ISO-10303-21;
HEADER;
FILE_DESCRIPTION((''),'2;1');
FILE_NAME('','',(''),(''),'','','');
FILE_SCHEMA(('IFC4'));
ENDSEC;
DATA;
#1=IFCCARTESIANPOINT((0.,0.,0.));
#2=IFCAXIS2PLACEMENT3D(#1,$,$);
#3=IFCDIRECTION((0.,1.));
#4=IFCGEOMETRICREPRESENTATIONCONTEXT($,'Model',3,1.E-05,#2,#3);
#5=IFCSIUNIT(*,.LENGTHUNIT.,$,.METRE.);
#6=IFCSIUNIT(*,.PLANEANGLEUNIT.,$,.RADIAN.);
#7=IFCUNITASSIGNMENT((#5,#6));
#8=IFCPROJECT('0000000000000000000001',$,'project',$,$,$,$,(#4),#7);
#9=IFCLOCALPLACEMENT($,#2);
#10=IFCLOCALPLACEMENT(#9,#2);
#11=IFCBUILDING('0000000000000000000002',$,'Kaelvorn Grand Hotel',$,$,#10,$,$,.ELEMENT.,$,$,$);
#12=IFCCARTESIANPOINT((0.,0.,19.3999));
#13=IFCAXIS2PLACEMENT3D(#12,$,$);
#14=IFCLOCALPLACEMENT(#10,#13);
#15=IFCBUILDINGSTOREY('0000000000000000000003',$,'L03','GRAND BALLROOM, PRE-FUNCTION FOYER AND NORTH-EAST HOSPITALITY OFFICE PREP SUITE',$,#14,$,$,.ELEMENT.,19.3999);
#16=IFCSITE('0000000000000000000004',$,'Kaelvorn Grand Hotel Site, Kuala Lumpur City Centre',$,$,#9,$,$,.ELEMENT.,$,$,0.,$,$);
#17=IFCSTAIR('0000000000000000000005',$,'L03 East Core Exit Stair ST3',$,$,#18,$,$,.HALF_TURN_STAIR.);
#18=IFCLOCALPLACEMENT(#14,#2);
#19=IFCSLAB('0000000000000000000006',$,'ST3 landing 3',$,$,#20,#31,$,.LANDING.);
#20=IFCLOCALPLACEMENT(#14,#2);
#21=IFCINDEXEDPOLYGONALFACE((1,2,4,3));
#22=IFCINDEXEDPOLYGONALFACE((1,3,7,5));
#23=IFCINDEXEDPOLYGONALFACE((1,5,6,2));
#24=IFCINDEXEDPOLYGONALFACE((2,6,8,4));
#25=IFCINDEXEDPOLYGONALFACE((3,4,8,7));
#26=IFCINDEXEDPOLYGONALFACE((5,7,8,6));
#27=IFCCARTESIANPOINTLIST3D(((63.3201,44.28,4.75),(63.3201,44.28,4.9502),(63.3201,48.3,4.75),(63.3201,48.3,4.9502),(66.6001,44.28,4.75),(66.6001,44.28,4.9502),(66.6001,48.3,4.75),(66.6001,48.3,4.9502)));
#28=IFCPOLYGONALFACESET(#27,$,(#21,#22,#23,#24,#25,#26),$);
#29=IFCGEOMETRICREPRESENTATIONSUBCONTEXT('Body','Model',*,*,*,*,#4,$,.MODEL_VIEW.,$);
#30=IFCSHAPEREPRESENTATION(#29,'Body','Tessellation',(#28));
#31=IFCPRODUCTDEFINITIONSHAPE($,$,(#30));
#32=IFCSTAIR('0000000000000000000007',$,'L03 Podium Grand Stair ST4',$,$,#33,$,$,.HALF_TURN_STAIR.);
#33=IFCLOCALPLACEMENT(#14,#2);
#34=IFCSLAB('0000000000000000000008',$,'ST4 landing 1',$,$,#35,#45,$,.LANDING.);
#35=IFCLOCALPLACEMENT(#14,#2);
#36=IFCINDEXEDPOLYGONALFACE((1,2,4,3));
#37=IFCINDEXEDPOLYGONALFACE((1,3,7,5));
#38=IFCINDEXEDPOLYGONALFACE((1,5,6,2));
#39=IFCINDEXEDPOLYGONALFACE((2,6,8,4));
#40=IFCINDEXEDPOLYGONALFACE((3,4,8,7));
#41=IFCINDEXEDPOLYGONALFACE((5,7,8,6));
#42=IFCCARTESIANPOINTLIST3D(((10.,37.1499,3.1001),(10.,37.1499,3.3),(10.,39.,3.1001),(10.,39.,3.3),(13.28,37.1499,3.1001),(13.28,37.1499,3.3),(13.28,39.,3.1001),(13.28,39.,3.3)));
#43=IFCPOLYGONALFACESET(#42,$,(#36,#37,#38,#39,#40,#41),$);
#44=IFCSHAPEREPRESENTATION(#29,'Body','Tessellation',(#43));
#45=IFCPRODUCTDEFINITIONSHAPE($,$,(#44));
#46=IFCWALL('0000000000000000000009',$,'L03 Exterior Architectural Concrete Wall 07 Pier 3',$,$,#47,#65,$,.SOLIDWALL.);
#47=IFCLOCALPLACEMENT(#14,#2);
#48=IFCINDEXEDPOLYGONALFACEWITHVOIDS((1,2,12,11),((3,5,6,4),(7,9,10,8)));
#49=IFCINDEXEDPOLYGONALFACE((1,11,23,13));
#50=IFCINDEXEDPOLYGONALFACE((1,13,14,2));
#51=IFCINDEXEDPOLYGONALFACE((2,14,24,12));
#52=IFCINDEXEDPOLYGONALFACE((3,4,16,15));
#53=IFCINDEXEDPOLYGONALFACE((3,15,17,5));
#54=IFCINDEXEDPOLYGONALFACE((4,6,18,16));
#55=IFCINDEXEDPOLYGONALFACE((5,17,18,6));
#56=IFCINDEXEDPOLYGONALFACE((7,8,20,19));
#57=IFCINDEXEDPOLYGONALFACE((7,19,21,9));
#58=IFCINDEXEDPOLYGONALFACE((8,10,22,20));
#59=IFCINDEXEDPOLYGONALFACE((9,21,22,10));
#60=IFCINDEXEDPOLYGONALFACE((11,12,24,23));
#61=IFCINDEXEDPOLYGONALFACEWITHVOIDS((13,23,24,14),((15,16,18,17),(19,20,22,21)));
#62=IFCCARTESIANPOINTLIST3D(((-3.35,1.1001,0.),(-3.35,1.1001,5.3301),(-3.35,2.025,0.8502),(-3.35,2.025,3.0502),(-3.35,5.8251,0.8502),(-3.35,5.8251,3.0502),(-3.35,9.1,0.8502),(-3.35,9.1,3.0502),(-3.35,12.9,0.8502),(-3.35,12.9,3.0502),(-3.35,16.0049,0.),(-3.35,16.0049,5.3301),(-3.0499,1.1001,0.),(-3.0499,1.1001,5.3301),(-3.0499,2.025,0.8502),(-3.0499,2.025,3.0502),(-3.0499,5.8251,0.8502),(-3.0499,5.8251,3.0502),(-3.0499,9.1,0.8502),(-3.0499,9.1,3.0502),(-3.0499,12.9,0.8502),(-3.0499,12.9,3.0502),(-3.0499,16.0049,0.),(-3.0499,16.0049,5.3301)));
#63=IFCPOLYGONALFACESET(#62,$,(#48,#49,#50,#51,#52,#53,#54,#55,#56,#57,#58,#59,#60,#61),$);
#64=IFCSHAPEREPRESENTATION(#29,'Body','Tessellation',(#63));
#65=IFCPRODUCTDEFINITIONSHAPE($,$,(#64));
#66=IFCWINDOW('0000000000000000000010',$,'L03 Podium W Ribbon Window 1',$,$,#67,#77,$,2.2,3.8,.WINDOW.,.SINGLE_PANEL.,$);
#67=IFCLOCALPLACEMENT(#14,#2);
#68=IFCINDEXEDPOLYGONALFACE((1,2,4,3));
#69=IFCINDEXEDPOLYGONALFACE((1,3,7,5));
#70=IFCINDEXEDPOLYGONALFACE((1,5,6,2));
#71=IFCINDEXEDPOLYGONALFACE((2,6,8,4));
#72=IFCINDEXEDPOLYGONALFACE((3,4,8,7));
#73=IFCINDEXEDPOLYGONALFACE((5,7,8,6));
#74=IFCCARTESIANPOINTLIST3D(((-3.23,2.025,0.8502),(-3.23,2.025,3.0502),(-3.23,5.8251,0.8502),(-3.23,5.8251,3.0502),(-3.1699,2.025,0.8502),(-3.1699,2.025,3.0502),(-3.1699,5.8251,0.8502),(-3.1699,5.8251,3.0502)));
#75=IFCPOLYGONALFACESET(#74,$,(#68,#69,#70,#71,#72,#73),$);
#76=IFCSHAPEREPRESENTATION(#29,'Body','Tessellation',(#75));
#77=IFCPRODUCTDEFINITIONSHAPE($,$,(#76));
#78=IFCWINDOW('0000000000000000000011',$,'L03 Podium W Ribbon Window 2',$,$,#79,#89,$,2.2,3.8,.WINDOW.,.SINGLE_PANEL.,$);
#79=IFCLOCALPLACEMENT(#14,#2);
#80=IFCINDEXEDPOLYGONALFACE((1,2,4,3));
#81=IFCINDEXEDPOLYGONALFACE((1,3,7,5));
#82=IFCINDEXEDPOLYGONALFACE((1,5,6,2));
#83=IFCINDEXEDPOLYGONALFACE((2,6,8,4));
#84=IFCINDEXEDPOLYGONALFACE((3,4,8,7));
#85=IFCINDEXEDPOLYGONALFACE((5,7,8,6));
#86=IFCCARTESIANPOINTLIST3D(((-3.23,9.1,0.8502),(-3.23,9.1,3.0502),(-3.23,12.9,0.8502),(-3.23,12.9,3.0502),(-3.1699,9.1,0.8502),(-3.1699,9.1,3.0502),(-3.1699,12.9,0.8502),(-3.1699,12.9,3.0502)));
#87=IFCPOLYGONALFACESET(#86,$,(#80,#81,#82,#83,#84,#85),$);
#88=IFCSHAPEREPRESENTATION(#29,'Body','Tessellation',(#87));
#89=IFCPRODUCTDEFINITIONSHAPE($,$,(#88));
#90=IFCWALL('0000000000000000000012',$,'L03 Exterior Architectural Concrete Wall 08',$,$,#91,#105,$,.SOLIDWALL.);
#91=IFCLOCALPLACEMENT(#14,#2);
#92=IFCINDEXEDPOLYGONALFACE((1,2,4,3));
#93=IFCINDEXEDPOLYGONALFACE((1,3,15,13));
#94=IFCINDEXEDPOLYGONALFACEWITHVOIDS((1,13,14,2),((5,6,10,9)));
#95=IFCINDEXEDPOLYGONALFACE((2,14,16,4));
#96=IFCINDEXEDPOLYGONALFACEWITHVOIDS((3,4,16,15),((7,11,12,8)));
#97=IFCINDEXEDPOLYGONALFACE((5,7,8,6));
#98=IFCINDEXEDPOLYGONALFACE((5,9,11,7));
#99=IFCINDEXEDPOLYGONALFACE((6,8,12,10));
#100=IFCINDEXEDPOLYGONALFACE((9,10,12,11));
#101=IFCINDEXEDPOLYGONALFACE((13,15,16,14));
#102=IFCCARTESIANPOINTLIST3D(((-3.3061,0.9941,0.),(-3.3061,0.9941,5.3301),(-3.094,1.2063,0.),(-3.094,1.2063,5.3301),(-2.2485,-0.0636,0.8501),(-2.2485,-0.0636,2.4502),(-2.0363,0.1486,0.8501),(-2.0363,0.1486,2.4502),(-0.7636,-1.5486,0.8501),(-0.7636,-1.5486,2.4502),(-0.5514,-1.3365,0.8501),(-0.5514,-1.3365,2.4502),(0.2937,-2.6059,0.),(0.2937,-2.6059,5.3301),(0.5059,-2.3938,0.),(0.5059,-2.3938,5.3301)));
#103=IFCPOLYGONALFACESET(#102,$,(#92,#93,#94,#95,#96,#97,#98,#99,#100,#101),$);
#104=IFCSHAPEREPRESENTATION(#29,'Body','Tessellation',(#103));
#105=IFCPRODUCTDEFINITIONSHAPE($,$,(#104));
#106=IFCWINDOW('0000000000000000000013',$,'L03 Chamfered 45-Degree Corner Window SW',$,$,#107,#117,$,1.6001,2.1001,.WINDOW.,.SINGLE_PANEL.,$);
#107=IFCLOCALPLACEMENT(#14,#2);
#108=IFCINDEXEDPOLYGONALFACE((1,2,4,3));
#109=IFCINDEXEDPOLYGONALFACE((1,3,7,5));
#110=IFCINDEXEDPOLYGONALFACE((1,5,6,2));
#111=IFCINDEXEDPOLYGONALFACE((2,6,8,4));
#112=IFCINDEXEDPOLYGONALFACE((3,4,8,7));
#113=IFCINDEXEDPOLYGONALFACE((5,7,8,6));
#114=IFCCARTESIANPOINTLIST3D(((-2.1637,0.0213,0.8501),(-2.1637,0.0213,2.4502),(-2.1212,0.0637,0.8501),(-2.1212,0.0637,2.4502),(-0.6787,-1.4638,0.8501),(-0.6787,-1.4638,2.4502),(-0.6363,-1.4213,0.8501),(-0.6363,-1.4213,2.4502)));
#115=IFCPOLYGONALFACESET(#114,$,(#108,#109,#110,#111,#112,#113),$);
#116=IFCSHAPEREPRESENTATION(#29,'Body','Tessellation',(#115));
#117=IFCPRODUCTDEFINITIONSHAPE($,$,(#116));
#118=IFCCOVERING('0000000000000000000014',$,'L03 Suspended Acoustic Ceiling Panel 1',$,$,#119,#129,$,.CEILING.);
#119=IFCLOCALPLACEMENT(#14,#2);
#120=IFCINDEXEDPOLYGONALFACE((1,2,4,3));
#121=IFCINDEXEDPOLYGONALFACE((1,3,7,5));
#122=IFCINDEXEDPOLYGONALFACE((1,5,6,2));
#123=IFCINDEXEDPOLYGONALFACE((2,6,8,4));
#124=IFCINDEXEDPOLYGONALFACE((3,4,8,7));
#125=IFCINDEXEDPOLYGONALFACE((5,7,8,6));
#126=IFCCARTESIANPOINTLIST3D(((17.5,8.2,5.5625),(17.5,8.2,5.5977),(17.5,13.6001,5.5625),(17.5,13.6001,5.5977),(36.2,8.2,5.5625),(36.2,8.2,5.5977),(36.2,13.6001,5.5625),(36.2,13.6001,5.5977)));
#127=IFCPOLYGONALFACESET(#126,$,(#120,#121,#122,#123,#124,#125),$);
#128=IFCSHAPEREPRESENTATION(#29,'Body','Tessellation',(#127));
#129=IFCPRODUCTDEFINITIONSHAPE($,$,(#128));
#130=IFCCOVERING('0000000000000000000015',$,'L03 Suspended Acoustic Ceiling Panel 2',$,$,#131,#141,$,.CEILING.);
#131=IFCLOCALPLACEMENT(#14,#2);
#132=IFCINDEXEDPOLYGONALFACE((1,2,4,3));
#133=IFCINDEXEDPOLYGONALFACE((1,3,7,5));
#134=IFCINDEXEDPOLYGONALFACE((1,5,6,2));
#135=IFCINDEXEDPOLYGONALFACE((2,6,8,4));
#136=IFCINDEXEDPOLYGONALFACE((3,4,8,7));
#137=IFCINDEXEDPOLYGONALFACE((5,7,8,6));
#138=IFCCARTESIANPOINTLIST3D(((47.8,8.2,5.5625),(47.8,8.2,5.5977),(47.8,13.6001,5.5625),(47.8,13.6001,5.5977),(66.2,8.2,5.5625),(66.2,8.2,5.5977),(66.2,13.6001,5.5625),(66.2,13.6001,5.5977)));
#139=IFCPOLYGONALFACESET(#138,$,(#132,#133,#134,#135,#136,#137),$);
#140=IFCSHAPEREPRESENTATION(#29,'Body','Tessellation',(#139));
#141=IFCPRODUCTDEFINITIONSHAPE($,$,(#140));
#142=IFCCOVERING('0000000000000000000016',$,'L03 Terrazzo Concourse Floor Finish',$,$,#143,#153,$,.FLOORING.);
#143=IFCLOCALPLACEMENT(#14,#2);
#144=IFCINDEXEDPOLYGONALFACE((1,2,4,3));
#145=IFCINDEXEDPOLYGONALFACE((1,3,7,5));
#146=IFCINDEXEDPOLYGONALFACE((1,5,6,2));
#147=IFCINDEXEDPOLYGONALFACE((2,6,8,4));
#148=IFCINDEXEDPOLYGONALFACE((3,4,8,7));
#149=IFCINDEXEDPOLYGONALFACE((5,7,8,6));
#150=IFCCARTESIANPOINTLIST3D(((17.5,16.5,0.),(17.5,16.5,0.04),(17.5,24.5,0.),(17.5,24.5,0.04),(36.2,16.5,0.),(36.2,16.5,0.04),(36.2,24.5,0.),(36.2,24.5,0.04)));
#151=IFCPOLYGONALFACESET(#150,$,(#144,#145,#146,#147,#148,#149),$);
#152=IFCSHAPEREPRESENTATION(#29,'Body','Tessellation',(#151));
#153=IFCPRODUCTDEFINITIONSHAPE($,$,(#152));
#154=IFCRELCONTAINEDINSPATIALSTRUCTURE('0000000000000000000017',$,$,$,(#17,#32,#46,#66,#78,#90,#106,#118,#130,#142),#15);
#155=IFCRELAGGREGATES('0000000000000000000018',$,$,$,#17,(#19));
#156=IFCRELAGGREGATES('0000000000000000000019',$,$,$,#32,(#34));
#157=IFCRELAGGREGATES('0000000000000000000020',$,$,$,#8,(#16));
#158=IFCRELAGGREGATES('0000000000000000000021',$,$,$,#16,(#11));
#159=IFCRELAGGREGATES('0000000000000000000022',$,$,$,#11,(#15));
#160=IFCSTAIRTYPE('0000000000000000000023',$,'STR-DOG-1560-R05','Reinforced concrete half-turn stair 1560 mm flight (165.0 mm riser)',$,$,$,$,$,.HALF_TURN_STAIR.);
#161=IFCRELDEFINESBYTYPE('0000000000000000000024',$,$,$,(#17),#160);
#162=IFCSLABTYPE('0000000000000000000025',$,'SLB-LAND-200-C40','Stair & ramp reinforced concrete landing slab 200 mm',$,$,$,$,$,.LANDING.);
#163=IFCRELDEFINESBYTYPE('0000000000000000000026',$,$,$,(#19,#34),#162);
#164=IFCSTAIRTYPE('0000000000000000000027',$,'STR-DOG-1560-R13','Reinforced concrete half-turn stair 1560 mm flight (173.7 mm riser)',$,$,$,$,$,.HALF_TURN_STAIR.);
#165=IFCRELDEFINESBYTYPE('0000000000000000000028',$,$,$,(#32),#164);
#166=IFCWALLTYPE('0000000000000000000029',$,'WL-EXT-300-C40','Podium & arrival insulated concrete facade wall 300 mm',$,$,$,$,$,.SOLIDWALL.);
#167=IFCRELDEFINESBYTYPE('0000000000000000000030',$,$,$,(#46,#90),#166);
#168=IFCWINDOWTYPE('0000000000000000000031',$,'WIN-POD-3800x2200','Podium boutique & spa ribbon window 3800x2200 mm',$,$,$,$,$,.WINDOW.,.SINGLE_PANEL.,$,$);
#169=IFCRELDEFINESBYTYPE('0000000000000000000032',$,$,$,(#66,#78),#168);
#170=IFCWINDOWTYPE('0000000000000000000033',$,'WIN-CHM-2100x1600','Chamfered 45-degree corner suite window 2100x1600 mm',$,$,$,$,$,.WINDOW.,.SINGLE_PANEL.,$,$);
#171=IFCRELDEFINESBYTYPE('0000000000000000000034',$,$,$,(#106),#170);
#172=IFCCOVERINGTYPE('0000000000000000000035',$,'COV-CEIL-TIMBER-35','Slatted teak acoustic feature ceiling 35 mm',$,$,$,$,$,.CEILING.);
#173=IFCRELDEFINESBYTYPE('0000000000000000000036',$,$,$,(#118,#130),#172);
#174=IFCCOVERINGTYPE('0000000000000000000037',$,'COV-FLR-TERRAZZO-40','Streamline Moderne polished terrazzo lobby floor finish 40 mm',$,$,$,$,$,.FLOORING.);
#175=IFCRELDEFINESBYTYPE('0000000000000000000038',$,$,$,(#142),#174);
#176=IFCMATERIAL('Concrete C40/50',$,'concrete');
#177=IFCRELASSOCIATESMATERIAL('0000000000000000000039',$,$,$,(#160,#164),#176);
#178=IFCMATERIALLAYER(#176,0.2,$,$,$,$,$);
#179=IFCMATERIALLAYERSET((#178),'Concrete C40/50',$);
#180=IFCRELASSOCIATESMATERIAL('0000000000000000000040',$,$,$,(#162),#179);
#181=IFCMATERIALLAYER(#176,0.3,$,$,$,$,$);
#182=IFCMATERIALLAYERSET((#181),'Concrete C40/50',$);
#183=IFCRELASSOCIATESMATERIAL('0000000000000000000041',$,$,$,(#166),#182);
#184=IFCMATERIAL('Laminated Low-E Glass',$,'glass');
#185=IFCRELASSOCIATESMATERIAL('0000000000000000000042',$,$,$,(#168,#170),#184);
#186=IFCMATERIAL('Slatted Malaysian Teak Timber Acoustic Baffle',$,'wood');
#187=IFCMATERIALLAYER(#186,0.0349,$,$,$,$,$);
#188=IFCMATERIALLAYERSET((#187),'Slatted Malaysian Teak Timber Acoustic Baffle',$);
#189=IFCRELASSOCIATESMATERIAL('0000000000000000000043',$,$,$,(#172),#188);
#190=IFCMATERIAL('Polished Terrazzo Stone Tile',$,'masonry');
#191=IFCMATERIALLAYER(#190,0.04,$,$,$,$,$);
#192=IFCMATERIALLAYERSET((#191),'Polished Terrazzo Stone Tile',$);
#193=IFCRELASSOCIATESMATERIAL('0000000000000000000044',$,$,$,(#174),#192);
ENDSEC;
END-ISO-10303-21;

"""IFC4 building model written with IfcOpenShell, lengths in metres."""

from ifc_helpers import new_model, si_unit, direction, frame, frame_2d, origin, place, context, subcontext, project, spatial, polyline, rectangle, outline, extrude, material, layer, layer_set, type_object, element, fill, aggregate, save


model = new_model("IFC4")

# Units and contexts
model_context = context("Model", 3, precision=1e-05, world=origin(), true_north=direction((0.0, 1.0)))
body_context = subcontext(model_context, "Body", "Model", "MODEL_VIEW")
ifc_project = project(units=[si_unit("LENGTHUNIT", "METRE"), si_unit("PLANEANGLEUNIT", "RADIAN")], contexts=[model_context])

# Site, building, storey
site_placement = place(None, origin())
site = spatial("IfcSite", under=ifc_project, at=site_placement, Name="Kaelvorn Grand Hotel Site, Kuala Lumpur City Centre", CompositionType="ELEMENT", RefElevation=0.0)
building_placement = place(site_placement, origin())
building = spatial("IfcBuilding", under=site, at=building_placement, Name="Kaelvorn Grand Hotel", CompositionType="ELEMENT")
storey_placement = place(building_placement, frame((0.0, 0.0, 19.3999)))
storey = spatial("IfcBuildingStorey", under=building, at=storey_placement, Name="L03", Description="GRAND BALLROOM, PRE-FUNCTION FOYER AND NORTH-EAST HOSPITALITY OFFICE PREP SUITE", CompositionType="ELEMENT", Elevation=19.3999)

# Stairs, slabs
ifc_material_1 = material(Name="Concrete C40/50", Category="concrete")
stair_type_1 = type_object("IfcStairType", Name="STR-DOG-1560-R05", Description="Reinforced concrete half-turn stair 1560 mm flight (165.0 mm riser)", PredefinedType="HALF_TURN_STAIR", material=ifc_material_1)
stair_1_placement = place(storey_placement, origin())
stair_1 = element("IfcStair", 1, at=stair_1_placement, inside=storey, type_object=stair_type_1, Name="L03 East Core Exit Stair ST3", PredefinedType="HALF_TURN_STAIR")
ifc_layer_1 = layer(ifc_material_1, 0.2)
ifc_layer_set_1 = layer_set([ifc_layer_1], Name="Concrete C40/50")
slab_type = type_object("IfcSlabType", Name="SLB-LAND-200-C40", Description="Stair & ramp reinforced concrete landing slab 200 mm", PredefinedType="LANDING", material=ifc_layer_set_1)
slab_1_placement = place(storey_placement, frame((0.0, 0.0, 4.75)))
slab_1 = element("IfcSlab", 2, at=slab_1_placement, type_object=slab_type, Name="ST3 landing 3", PredefinedType="LANDING", context=body_context, shape_type="SweptSolid", body=[
    extrude(outline(polyline([(66.6001, 44.28), (66.6001, 48.3), (63.3201, 48.3), (63.3201, 44.28), (66.6001, 44.28)])), origin(), (0.0, 0.0, 1.0), 0.2002),
])
aggregate(stair_1, [slab_1])
stair_type_2 = type_object("IfcStairType", Name="STR-DOG-1560-R13", Description="Reinforced concrete half-turn stair 1560 mm flight (173.7 mm riser)", PredefinedType="HALF_TURN_STAIR", material=ifc_material_1)
stair_2_placement = place(storey_placement, origin())
stair_2 = element("IfcStair", 3, at=stair_2_placement, inside=storey, type_object=stair_type_2, Name="L03 Podium Grand Stair ST4", PredefinedType="HALF_TURN_STAIR")
slab_2_placement = place(storey_placement, frame((0.0, 0.0, 3.1001)))
slab_2 = element("IfcSlab", 4, at=slab_2_placement, type_object=slab_type, Name="ST4 landing 1", PredefinedType="LANDING", context=body_context, shape_type="SweptSolid", body=[
    extrude(outline(polyline([(13.28, 37.1499), (13.28, 39.0), (10.0, 39.0), (10.0, 37.1499), (13.28, 37.1499)])), origin(), (0.0, 0.0, 1.0), 0.2),
])
aggregate(stair_2, [slab_2])

# Wall, openings, windows
ifc_layer_2 = layer(ifc_material_1, 0.3)
ifc_layer_set_2 = layer_set([ifc_layer_2], Name="Concrete C40/50")
wall_type = type_object("IfcWallType", Name="WL-EXT-300-C40", Description="Podium & arrival insulated concrete facade wall 300 mm", PredefinedType="SOLIDWALL", material=ifc_layer_set_2)
wall_1_placement = place(storey_placement, frame((-3.2, 16.0049, 0.0), z_axis=(0.0, 0.0, 1.0), x_axis=(0.0, -1.0, 0.0)))
wall_1 = element("IfcWall", 5, at=wall_1_placement, inside=storey, type_object=wall_type, Name="L03 Exterior Architectural Concrete Wall 07 Pier 3", PredefinedType="SOLIDWALL", context=body_context, shape_type="SweptSolid", body=[
    extrude(rectangle(XDim=14.9048, YDim=0.3, at=frame_2d((7.4524, 0.0))), origin(), (0.0, 0.0, 1.0), 5.3301),
])
opening_1_placement = place(wall_1_placement, frame((10.1799, 0.0, 0.8501)))
opening_1 = element("IfcOpeningElement", 6, at=opening_1_placement, cuts=wall_1, PredefinedType="OPENING", context=body_context, shape_type="SweptSolid", body=[
    extrude(rectangle(XDim=3.8, YDim=2.2, at=frame_2d((1.8999, 1.1001))), frame((0.0, 0.1602, 0.0), z_axis=(0.0, -1.0, 0.0), x_axis=(1.0, 0.0, 0.0)), (0.0, 0.0, 1.0), 0.3201),
])
opening_2_placement = place(wall_1_placement, frame((3.105, 0.0, 0.8501)))
opening_2 = element("IfcOpeningElement", 7, at=opening_2_placement, cuts=wall_1, PredefinedType="OPENING", context=body_context, shape_type="SweptSolid", body=[
    extrude(rectangle(XDim=3.8, YDim=2.2, at=frame_2d((1.8999, 1.1001))), frame((0.0, 0.1602, 0.0), z_axis=(0.0, -1.0, 0.0), x_axis=(1.0, 0.0, 0.0)), (0.0, 0.0, 1.0), 0.3201),
])
ifc_material_2 = material(Name="Laminated Low-E Glass", Category="glass")
window_type_1 = type_object("IfcWindowType", Name="WIN-POD-3800x2200", Description="Podium boutique & spa ribbon window 3800x2200 mm", PartitioningType="SINGLE_PANEL", PredefinedType="WINDOW", material=ifc_material_2)
window_1_placement = place(opening_1_placement, origin())
window_1 = element("IfcWindow", 8, at=window_1_placement, inside=storey, type_object=window_type_1, Name="L03 Podium W Ribbon Window 1", OverallHeight=2.2, OverallWidth=3.8, PartitioningType="SINGLE_PANEL", PredefinedType="WINDOW", context=body_context, shape_type="SweptSolid", body=[
    extrude(rectangle(XDim=3.8, YDim=2.2, at=frame_2d((1.8999, 1.1001))), frame((0.0, 0.03, 0.0), z_axis=(0.0, -1.0, 0.0), x_axis=(1.0, 0.0, 0.0)), (0.0, 0.0, 1.0), 0.0601),
])
fill(opening_1, window_1)
window_2_placement = place(opening_2_placement, origin())
window_2 = element("IfcWindow", 9, at=window_2_placement, inside=storey, type_object=window_type_1, Name="L03 Podium W Ribbon Window 2", OverallHeight=2.2, OverallWidth=3.8, PartitioningType="SINGLE_PANEL", PredefinedType="WINDOW", context=body_context, shape_type="SweptSolid", body=[
    extrude(rectangle(XDim=3.8, YDim=2.2, at=frame_2d((1.8999, 1.1001))), frame((0.0, 0.03, 0.0), z_axis=(0.0, -1.0, 0.0), x_axis=(1.0, 0.0, 0.0)), (0.0, 0.0, 1.0), 0.0601),
])
fill(opening_2, window_2)

# Wall, opening, window
wall_2_placement = place(storey_placement, frame((-3.2, 1.1001, 0.0), z_axis=(0.0, 0.0, 1.0), x_axis=(0.707083, -0.707131, 0.0)))
wall_2 = element("IfcWall", 10, at=wall_2_placement, inside=storey, type_object=wall_type, Name="L03 Exterior Architectural Concrete Wall 08", PredefinedType="SOLIDWALL", context=body_context, shape_type="SweptSolid", body=[
    extrude(rectangle(XDim=5.0911, YDim=0.3, at=frame_2d((2.5454, 0.0))), origin(), (0.0, 0.0, 1.0), 5.3301),
])
opening_3_placement = place(wall_2_placement, frame((1.4956, 0.0, 0.8501)))
opening_3 = element("IfcOpeningElement", 11, at=opening_3_placement, cuts=wall_2, PredefinedType="OPENING", context=body_context, shape_type="SweptSolid", body=[
    extrude(rectangle(XDim=2.1001, YDim=1.6001, at=frame_2d((1.05, 0.8))), frame((0.0, 0.1602, 0.0), z_axis=(0.0, -1.0, 0.0), x_axis=(1.0, 0.0, 0.0)), (0.0, 0.0, 1.0), 0.3201),
])
window_type_2 = type_object("IfcWindowType", Name="WIN-CHM-2100x1600", Description="Chamfered 45-degree corner suite window 2100x1600 mm", PartitioningType="SINGLE_PANEL", PredefinedType="WINDOW", material=ifc_material_2)
window_3_placement = place(opening_3_placement, origin())
window_3 = element("IfcWindow", 12, at=window_3_placement, inside=storey, type_object=window_type_2, Name="L03 Chamfered 45-Degree Corner Window SW", OverallHeight=1.6001, OverallWidth=2.1001, PartitioningType="SINGLE_PANEL", PredefinedType="WINDOW", context=body_context, shape_type="SweptSolid", body=[
    extrude(rectangle(XDim=2.1001, YDim=1.6001, at=frame_2d((1.05, 0.8))), frame((0.0, 0.03, 0.0), z_axis=(0.0, -1.0, 0.0), x_axis=(1.0, 0.0, 0.0)), (0.0, 0.0, 1.0), 0.0601),
])
fill(opening_3, window_3)

# Coverings
ifc_material_3 = material(Name="Slatted Malaysian Teak Timber Acoustic Baffle", Category="wood")
ifc_layer_3 = layer(ifc_material_3, 0.0349)
ifc_layer_set_3 = layer_set([ifc_layer_3], Name="Slatted Malaysian Teak Timber Acoustic Baffle")
covering_type_1 = type_object("IfcCoveringType", Name="COV-CEIL-TIMBER-35", Description="Slatted teak acoustic feature ceiling 35 mm", PredefinedType="CEILING", material=ifc_layer_set_3)
covering_1_placement = place(storey_placement, frame((0.0, 0.0, 5.5625)))
element("IfcCovering", 13, at=covering_1_placement, inside=storey, type_object=covering_type_1, Name="L03 Suspended Acoustic Ceiling Panel 1", PredefinedType="CEILING", context=body_context, shape_type="SweptSolid", body=[
    extrude(outline(polyline([(17.5, 8.2), (36.2, 8.2), (36.2, 13.6001), (17.5, 13.6001), (17.5, 8.2)])), origin(), (0.0, 0.0, 1.0), 0.0352),
])
covering_2_placement = place(storey_placement, frame((0.0, 0.0, 5.5625)))
element("IfcCovering", 14, at=covering_2_placement, inside=storey, type_object=covering_type_1, Name="L03 Suspended Acoustic Ceiling Panel 2", PredefinedType="CEILING", context=body_context, shape_type="SweptSolid", body=[
    extrude(outline(polyline([(47.8, 8.2), (66.2, 8.2), (66.2, 13.6001), (47.8, 13.6001), (47.8, 8.2)])), origin(), (0.0, 0.0, 1.0), 0.0352),
])
ifc_material_4 = material(Name="Polished Terrazzo Stone Tile", Category="masonry")
ifc_layer_4 = layer(ifc_material_4, 0.04)
ifc_layer_set_4 = layer_set([ifc_layer_4], Name="Polished Terrazzo Stone Tile")
covering_type_2 = type_object("IfcCoveringType", Name="COV-FLR-TERRAZZO-40", Description="Streamline Moderne polished terrazzo lobby floor finish 40 mm", PredefinedType="FLOORING", material=ifc_layer_set_4)
covering_3_placement = place(storey_placement, origin())
element("IfcCovering", 15, at=covering_3_placement, inside=storey, type_object=covering_type_2, Name="L03 Terrazzo Concourse Floor Finish", PredefinedType="FLOORING", context=body_context, shape_type="SweptSolid", body=[
    extrude(outline(polyline([(17.5, 16.5), (36.2, 16.5), (36.2, 24.5), (17.5, 24.5), (17.5, 16.5)])), origin(), (0.0, 0.0, 1.0), 0.04),
])

save(model, "model.ifc")
